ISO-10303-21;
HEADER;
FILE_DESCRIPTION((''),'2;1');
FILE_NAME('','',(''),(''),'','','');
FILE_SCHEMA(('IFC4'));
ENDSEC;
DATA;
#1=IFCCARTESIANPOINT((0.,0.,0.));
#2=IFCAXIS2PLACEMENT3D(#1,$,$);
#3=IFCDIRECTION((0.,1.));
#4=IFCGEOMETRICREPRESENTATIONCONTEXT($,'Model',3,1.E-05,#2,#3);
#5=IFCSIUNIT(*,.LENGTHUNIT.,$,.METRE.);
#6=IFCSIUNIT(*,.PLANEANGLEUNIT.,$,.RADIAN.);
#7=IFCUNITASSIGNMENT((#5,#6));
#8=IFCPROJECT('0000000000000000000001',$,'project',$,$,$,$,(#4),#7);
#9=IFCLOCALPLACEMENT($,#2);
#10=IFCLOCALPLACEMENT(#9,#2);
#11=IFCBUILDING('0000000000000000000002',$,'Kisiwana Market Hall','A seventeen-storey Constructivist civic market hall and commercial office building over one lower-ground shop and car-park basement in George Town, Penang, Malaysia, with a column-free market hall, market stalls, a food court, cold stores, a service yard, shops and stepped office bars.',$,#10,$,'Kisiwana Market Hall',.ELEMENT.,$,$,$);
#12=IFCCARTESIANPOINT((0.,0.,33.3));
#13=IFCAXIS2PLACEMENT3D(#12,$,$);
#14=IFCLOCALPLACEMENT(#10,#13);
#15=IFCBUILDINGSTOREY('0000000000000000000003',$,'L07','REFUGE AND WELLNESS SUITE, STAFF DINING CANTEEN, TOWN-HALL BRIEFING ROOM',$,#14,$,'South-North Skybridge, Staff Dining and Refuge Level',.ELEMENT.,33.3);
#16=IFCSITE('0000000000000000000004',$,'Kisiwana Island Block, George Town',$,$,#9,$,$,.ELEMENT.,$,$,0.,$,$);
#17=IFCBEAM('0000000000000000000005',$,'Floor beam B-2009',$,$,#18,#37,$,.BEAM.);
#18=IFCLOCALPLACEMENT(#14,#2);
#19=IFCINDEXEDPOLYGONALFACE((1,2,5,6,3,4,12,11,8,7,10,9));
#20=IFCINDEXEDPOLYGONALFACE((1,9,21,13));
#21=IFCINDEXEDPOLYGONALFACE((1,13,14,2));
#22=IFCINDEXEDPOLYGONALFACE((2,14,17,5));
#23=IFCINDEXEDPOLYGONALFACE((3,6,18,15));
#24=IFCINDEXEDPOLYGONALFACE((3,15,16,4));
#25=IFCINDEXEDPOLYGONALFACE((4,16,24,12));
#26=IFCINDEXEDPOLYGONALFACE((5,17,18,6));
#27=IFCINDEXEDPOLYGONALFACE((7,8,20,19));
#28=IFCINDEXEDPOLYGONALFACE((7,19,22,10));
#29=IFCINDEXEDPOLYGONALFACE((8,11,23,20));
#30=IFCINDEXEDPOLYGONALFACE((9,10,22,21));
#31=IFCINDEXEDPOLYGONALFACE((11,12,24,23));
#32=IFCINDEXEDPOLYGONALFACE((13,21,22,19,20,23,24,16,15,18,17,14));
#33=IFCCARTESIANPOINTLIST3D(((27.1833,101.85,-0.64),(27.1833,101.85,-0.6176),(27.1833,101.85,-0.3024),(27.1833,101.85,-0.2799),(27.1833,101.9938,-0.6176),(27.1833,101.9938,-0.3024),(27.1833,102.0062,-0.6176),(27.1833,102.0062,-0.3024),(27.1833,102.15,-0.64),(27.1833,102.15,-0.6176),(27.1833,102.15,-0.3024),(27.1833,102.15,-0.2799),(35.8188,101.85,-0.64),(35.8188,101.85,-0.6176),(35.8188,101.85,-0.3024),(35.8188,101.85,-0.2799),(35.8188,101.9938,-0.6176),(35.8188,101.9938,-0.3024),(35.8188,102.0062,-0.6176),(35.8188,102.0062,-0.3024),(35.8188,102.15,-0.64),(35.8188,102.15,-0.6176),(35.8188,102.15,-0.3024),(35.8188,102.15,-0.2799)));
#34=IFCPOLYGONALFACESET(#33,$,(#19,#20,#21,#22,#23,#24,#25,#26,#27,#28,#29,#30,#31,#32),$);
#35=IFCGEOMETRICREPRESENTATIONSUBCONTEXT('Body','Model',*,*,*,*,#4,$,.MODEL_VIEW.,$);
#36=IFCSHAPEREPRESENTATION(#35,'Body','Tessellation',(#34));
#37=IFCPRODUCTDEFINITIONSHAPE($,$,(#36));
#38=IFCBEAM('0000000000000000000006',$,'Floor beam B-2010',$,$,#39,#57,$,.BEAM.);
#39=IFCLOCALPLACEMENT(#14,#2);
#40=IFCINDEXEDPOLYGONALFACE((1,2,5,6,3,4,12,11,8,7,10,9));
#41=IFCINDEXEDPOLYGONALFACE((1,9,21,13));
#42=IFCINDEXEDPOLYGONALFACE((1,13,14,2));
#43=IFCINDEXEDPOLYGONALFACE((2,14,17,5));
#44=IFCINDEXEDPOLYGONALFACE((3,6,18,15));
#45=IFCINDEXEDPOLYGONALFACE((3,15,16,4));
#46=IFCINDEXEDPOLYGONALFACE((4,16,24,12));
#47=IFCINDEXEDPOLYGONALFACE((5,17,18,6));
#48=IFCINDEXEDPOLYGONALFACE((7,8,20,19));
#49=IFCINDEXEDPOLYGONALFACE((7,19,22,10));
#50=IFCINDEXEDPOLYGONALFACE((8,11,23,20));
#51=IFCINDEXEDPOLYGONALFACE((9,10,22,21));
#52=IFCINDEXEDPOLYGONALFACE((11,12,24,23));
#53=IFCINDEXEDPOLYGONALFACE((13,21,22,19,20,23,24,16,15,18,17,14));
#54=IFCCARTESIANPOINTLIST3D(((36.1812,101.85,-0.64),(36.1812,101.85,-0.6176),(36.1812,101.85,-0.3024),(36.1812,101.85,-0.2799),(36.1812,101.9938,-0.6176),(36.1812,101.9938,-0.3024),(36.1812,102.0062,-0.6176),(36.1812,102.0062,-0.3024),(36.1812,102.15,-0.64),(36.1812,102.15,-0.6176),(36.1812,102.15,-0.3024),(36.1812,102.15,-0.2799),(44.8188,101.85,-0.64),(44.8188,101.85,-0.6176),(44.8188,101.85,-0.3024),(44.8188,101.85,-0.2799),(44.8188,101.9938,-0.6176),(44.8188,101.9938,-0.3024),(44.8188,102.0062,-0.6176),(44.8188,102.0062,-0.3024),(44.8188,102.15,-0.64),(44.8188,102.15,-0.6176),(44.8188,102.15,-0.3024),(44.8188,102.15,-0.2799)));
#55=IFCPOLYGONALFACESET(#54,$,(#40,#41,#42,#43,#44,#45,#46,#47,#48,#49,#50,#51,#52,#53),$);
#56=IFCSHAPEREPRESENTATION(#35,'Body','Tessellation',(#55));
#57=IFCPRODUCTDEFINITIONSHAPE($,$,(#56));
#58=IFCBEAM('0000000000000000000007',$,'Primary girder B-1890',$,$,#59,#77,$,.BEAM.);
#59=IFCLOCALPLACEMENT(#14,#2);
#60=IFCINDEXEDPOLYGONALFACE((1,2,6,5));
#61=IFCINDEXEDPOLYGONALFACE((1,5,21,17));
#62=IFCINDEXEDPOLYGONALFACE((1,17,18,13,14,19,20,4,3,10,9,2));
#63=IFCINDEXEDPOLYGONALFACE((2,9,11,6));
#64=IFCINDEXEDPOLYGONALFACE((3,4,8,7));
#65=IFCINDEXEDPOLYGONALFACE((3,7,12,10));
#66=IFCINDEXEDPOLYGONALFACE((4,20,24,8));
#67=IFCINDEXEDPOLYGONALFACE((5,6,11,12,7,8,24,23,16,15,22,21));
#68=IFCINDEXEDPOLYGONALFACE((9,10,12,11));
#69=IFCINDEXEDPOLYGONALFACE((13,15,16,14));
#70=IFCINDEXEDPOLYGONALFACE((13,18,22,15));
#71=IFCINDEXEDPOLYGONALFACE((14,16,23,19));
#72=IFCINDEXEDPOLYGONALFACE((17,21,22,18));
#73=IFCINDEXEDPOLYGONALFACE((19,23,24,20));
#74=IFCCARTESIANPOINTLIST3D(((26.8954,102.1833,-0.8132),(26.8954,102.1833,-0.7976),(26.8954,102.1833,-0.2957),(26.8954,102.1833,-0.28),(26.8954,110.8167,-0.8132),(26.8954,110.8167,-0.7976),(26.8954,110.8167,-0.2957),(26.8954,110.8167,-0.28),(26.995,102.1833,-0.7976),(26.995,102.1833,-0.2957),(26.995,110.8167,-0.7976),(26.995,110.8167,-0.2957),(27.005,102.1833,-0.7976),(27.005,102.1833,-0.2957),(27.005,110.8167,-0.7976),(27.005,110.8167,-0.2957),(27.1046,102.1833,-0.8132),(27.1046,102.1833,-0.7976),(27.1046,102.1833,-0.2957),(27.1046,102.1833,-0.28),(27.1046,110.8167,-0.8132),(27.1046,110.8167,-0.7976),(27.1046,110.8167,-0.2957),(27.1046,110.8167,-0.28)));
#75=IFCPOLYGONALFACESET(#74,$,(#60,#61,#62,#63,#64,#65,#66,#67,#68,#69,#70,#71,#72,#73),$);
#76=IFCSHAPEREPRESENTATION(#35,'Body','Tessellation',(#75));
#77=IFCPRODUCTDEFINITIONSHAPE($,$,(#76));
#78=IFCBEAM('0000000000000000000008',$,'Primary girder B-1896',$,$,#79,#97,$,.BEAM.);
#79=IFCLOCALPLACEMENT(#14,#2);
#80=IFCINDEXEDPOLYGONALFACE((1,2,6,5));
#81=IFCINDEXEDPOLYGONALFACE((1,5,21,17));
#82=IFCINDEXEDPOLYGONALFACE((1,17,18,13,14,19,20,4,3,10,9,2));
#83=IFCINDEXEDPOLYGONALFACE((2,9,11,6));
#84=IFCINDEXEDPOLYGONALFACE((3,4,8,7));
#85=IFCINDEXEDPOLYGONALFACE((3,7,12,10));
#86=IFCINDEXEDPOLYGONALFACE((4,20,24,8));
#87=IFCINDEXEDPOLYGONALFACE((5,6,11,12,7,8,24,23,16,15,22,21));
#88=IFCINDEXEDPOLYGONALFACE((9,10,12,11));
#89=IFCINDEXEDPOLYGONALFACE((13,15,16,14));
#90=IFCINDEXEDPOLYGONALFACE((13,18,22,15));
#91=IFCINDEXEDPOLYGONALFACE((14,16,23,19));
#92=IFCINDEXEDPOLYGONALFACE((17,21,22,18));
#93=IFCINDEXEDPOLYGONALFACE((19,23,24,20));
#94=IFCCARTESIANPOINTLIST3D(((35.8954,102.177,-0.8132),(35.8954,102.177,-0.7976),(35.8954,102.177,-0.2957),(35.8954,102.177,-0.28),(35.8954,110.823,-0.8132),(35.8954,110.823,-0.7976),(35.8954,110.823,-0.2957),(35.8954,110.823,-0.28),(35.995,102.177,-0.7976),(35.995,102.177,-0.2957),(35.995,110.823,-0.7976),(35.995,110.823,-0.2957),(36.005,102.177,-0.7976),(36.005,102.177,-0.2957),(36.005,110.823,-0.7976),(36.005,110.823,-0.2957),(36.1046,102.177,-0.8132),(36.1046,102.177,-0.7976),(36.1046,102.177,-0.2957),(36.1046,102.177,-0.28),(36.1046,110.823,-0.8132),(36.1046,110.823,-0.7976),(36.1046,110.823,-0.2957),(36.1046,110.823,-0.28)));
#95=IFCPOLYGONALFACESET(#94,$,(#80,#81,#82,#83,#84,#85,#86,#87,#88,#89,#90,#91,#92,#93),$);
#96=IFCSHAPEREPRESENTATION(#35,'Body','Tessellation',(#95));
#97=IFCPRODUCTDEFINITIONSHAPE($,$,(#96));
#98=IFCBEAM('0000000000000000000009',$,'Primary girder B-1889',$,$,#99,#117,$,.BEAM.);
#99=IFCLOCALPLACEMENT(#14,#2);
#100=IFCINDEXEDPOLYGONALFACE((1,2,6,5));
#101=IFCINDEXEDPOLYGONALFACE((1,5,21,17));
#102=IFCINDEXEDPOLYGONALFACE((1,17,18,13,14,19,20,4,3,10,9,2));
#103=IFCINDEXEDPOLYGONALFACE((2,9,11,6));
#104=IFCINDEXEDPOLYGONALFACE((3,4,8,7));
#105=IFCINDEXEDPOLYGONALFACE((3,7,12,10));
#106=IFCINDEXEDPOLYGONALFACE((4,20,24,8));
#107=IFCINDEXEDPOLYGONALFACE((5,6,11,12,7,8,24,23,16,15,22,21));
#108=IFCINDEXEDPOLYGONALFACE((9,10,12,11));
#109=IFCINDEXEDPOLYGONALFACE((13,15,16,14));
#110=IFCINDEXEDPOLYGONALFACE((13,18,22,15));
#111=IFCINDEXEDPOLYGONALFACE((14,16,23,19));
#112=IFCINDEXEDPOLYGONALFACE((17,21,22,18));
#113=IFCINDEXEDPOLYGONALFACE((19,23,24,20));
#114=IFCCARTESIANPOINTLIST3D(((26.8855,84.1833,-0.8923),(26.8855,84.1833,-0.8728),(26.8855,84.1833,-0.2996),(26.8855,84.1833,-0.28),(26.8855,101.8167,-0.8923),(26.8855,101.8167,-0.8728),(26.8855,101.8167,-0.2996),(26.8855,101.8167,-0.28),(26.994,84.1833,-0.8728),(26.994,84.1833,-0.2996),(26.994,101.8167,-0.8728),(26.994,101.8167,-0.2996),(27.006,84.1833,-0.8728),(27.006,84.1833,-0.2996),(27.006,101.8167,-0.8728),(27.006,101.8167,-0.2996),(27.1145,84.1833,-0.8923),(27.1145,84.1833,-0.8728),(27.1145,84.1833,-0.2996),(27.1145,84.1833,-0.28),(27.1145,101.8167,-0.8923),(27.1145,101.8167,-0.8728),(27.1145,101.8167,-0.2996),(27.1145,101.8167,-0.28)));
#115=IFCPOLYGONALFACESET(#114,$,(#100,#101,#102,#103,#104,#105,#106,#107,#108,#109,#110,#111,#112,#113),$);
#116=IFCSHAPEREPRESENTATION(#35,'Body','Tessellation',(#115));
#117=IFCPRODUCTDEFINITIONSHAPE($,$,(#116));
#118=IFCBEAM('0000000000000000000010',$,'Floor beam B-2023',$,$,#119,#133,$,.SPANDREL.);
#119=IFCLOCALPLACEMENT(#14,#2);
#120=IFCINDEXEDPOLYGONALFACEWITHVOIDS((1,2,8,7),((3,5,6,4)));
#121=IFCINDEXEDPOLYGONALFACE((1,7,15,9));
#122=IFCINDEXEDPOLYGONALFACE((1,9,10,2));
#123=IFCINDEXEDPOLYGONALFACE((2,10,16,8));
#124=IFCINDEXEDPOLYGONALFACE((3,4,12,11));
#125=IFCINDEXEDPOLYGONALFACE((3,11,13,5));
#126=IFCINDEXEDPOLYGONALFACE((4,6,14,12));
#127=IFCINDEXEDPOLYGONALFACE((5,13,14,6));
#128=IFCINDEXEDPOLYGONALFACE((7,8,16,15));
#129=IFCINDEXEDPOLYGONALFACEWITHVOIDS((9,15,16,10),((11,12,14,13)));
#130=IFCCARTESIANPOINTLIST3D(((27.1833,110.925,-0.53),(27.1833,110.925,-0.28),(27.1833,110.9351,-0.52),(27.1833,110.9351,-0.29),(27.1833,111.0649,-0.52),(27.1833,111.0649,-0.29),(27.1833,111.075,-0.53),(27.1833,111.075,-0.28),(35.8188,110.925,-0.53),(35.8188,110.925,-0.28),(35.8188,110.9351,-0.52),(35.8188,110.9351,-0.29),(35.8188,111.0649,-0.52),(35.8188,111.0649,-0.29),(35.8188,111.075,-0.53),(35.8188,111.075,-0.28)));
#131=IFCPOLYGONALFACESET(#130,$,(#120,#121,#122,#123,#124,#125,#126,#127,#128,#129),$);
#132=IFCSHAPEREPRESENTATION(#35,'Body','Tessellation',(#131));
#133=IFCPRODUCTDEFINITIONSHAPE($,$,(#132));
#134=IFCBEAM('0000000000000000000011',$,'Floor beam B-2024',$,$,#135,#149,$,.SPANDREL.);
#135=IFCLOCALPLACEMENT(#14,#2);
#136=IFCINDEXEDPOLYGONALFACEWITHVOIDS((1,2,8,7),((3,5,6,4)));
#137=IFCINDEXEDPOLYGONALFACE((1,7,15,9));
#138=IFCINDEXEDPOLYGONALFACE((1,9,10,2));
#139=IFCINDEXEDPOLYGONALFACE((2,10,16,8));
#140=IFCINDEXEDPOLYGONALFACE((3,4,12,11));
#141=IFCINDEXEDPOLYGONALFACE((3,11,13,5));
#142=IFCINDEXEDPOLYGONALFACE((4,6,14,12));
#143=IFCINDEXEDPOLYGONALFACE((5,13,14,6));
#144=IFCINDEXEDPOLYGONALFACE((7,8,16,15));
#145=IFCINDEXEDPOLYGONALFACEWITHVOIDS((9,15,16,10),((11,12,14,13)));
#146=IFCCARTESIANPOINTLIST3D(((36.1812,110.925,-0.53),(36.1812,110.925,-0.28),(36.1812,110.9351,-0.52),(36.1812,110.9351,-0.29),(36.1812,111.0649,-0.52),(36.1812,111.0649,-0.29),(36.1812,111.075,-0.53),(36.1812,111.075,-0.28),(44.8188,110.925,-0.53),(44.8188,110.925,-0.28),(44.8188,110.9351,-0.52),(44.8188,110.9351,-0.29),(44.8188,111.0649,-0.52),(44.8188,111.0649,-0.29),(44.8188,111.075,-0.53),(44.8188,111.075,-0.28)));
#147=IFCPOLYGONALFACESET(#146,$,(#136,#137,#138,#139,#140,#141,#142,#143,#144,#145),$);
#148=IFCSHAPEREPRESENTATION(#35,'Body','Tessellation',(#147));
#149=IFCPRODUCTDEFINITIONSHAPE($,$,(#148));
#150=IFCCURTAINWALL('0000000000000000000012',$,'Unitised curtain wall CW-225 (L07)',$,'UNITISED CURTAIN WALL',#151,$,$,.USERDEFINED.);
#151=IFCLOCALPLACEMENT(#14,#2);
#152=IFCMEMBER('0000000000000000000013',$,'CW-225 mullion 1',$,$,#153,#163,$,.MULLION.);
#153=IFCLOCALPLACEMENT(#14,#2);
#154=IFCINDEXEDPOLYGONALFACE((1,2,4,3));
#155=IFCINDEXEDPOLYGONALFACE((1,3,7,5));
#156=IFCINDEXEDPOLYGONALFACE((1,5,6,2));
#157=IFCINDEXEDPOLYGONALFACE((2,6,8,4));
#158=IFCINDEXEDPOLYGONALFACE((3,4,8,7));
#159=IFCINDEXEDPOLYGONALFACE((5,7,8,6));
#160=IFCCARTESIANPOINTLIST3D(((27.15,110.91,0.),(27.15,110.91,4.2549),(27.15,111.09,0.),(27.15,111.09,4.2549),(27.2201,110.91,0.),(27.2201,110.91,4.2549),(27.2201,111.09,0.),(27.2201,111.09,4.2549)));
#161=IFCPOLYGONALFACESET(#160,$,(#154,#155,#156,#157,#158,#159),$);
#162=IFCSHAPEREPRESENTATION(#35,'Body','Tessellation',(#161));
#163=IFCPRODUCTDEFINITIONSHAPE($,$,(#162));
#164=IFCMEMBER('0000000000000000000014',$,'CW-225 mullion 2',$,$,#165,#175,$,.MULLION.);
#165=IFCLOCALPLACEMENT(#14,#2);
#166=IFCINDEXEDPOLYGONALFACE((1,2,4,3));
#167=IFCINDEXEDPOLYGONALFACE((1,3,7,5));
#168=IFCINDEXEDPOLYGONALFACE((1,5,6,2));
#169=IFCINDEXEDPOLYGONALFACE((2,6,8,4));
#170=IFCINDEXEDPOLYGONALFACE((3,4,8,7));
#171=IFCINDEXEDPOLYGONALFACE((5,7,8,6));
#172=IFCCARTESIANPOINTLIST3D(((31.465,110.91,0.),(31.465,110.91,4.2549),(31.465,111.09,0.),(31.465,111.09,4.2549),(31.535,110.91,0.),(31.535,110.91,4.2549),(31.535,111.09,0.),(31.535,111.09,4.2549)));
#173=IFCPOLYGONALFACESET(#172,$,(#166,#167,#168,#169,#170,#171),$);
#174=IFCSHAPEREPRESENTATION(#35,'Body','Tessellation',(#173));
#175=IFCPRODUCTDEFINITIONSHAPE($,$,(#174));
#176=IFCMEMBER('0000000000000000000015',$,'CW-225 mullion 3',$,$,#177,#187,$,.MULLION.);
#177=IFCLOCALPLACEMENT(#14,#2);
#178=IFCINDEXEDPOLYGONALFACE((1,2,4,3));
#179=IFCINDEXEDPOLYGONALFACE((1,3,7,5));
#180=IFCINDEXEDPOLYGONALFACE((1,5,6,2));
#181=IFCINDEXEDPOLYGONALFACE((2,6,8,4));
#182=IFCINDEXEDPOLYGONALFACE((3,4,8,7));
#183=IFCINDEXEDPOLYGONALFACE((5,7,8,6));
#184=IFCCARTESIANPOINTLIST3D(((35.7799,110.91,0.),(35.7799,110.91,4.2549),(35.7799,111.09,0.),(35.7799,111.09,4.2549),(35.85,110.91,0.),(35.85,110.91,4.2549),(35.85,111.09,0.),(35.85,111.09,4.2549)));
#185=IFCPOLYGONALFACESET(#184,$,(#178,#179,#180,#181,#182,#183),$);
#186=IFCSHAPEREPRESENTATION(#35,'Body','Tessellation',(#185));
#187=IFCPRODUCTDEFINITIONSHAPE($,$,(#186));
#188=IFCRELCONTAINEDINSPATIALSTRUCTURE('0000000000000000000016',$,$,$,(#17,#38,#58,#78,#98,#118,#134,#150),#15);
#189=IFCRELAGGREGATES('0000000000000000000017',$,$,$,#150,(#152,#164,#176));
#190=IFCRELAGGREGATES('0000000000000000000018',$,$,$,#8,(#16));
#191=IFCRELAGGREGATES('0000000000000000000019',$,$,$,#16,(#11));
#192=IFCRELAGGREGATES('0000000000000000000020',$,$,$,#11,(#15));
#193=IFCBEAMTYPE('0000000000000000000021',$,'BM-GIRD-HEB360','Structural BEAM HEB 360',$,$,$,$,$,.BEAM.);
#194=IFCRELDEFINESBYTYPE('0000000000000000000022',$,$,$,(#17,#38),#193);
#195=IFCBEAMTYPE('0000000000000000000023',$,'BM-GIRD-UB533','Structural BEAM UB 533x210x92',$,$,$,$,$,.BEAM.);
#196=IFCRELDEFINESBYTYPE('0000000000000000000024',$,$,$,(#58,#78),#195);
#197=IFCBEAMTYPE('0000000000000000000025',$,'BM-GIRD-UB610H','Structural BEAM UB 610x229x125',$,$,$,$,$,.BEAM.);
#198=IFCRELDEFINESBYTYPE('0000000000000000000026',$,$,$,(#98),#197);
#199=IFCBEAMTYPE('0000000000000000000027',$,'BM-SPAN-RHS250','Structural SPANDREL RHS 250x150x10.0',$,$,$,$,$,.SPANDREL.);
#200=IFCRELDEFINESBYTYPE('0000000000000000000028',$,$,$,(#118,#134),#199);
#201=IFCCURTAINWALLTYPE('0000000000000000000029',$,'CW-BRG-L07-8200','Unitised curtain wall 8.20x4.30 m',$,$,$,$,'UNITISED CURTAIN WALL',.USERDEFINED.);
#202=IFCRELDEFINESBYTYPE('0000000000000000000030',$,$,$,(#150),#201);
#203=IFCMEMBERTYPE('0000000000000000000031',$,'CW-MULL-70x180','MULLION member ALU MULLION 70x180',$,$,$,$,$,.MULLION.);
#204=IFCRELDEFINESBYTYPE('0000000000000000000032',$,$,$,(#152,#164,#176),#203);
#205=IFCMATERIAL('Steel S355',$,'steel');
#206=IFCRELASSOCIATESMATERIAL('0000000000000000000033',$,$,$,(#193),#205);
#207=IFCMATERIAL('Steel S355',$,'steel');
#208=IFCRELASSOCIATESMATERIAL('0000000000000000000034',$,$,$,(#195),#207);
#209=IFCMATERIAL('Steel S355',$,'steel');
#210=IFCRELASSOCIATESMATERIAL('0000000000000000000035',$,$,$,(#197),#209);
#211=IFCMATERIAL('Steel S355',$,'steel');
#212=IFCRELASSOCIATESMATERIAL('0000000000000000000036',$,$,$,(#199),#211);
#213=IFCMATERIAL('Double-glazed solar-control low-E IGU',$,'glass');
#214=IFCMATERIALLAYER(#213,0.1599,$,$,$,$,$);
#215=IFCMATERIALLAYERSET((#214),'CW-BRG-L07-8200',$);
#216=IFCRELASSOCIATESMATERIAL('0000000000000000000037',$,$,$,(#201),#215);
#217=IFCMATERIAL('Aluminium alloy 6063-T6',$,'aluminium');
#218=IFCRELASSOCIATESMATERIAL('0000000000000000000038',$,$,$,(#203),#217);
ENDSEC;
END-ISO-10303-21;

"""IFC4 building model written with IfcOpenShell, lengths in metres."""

from ifc_helpers import new_model, si_unit, direction, frame, origin, origin_2d, place, context, subcontext, project, spatial, rectangle, hollow_rectangle, i_section, extrude, material, layer, layer_set, material_profile, profile_set, type_object, element, aggregate, save


model = new_model("IFC4")

# Units and contexts
model_context = context("Model", 3, precision=1e-05, world=origin(), true_north=direction((0.0, 1.0)))
body_context = subcontext(model_context, "Body", "Model", "MODEL_VIEW")
ifc_project = project(units=[si_unit("LENGTHUNIT", "METRE"), si_unit("PLANEANGLEUNIT", "RADIAN")], contexts=[model_context])

# Site, building, storey
site_placement = place(None, origin())
site = spatial("IfcSite", under=ifc_project, at=site_placement, Name="Kisiwana Island Block, George Town", CompositionType="ELEMENT", RefElevation=0.0)
building_placement = place(site_placement, origin())
building = spatial("IfcBuilding", under=site, at=building_placement, Name="Kisiwana Market Hall", Description="A seventeen-storey Constructivist civic market hall and commercial office building over one lower-ground shop and car-park basement in George Town, Penang, Malaysia, with a column-free market hall, market stalls, a food court, cold stores, a service yard, shops and stepped office bars.", LongName="Kisiwana Market Hall", CompositionType="ELEMENT")
storey_placement = place(building_placement, frame((0.0, 0.0, 33.3)))
storey = spatial("IfcBuildingStorey", under=building, at=storey_placement, Name="L07", Description="REFUGE AND WELLNESS SUITE, STAFF DINING CANTEEN, TOWN-HALL BRIEFING ROOM", LongName="South-North Skybridge, Staff Dining and Refuge Level", CompositionType="ELEMENT", Elevation=33.3)

# Beams
ifc_material_1 = material(Name="Steel S355", Category="steel")
ifc_material_profile_1 = material_profile(ifc_material_1, i_section(OverallWidth=0.3, OverallDepth=0.3601, WebThickness=0.0125, FlangeThickness=0.0225, at=origin_2d()), Name="HEB 360")
ifc_profile_set_1 = profile_set([ifc_material_profile_1], Name="Steel S355")
beam_type_1 = type_object("IfcBeamType", Name="BM-GIRD-HEB360", Description="Structural BEAM HEB 360", PredefinedType="BEAM", material=ifc_profile_set_1)
beam_1_placement = place(storey_placement, frame((27.1833, 102.0, -0.46), z_axis=(1.0, 0.0, 0.0), x_axis=(0.0, 1.0, 0.0)))
element("IfcBeam", 1, at=beam_1_placement, inside=storey, type_object=beam_type_1, Name="Floor beam B-2009", PredefinedType="BEAM", context=body_context, shape_type="SweptSolid", body=[
    extrude(i_section(OverallWidth=0.3, OverallDepth=0.3601, WebThickness=0.0125, FlangeThickness=0.0225, at=origin_2d()), origin(), (0.0, 0.0, 1.0), 8.6355),
])
beam_2_placement = place(storey_placement, frame((36.1812, 102.0, -0.46), z_axis=(1.0, 0.0, 0.0), x_axis=(0.0, 1.0, 0.0)))
element("IfcBeam", 2, at=beam_2_placement, inside=storey, type_object=beam_type_1, Name="Floor beam B-2010", PredefinedType="BEAM", context=body_context, shape_type="SweptSolid", body=[
    extrude(i_section(OverallWidth=0.3, OverallDepth=0.3601, WebThickness=0.0125, FlangeThickness=0.0225, at=origin_2d()), origin(), (0.0, 0.0, 1.0), 8.6377),
])
ifc_material_2 = material(Name="Steel S355", Category="steel")
ifc_material_profile_2 = material_profile(ifc_material_2, i_section(OverallWidth=0.2092, OverallDepth=0.5332, WebThickness=0.01, FlangeThickness=0.0156, at=origin_2d()), Name="UB 533x210x92")
ifc_profile_set_2 = profile_set([ifc_material_profile_2], Name="Steel S355")
beam_type_2 = type_object("IfcBeamType", Name="BM-GIRD-UB533", Description="Structural BEAM UB 533x210x92", PredefinedType="BEAM", material=ifc_profile_set_2)
beam_3_placement = place(storey_placement, frame((27.0, 102.1833, -0.5466), z_axis=(0.0, 1.0, 0.0), x_axis=(-1.0, 0.0, 0.0)))
element("IfcBeam", 3, at=beam_3_placement, inside=storey, type_object=beam_type_2, Name="Primary girder B-1890", PredefinedType="BEAM", context=body_context, shape_type="SweptSolid", body=[
    extrude(i_section(OverallWidth=0.2092, OverallDepth=0.5332, WebThickness=0.01, FlangeThickness=0.0156, at=origin_2d()), origin(), (0.0, 0.0, 1.0), 8.6333),
])
beam_4_placement = place(storey_placement, frame((36.0, 102.177, -0.5466), z_axis=(0.0, 1.0, 0.0), x_axis=(-1.0, 0.0, 0.0)))
element("IfcBeam", 4, at=beam_4_placement, inside=storey, type_object=beam_type_2, Name="Primary girder B-1896", PredefinedType="BEAM", context=body_context, shape_type="SweptSolid", body=[
    extrude(i_section(OverallWidth=0.2092, OverallDepth=0.5332, WebThickness=0.01, FlangeThickness=0.0156, at=origin_2d()), origin(), (0.0, 0.0, 1.0), 8.646),
])
ifc_material_3 = material(Name="Steel S355", Category="steel")
ifc_material_profile_3 = material_profile(ifc_material_3, i_section(OverallWidth=0.229, OverallDepth=0.6123, WebThickness=0.012, FlangeThickness=0.0195, at=origin_2d()), Name="UB 610x229x125")
ifc_profile_set_3 = profile_set([ifc_material_profile_3], Name="Steel S355")
beam_type_3 = type_object("IfcBeamType", Name="BM-GIRD-UB610H", Description="Structural BEAM UB 610x229x125", PredefinedType="BEAM", material=ifc_profile_set_3)
beam_5_placement = place(storey_placement, frame((27.0, 84.1833, -0.5862), z_axis=(0.0, 1.0, 0.0), x_axis=(-1.0, 0.0, 0.0)))
element("IfcBeam", 5, at=beam_5_placement, inside=storey, type_object=beam_type_3, Name="Primary girder B-1889", PredefinedType="BEAM", context=body_context, shape_type="SweptSolid", body=[
    extrude(i_section(OverallWidth=0.229, OverallDepth=0.6123, WebThickness=0.012, FlangeThickness=0.0195, at=origin_2d()), origin(), (0.0, 0.0, 1.0), 17.6333),
])
ifc_material_4 = material(Name="Steel S355", Category="steel")
ifc_material_profile_4 = material_profile(ifc_material_4, hollow_rectangle(XDim=0.1499, YDim=0.25, WallThickness=0.01, at=origin_2d()), Name="RHS 250x150x10.0")
ifc_profile_set_4 = profile_set([ifc_material_profile_4], Name="Steel S355")
beam_type_4 = type_object("IfcBeamType", Name="BM-SPAN-RHS250", Description="Structural SPANDREL RHS 250x150x10.0", PredefinedType="SPANDREL", material=ifc_profile_set_4)
beam_6_placement = place(storey_placement, frame((27.1833, 111.0, -0.405), z_axis=(1.0, 0.0, 0.0), x_axis=(0.0, 1.0, 0.0)))
element("IfcBeam", 6, at=beam_6_placement, inside=storey, type_object=beam_type_4, Name="Floor beam B-2023", PredefinedType="SPANDREL", context=body_context, shape_type="SweptSolid", body=[
    extrude(hollow_rectangle(XDim=0.1499, YDim=0.25, WallThickness=0.01, at=origin_2d()), origin(), (0.0, 0.0, 1.0), 8.6355),
])
beam_7_placement = place(storey_placement, frame((36.1812, 111.0, -0.405), z_axis=(1.0, 0.0, 0.0), x_axis=(0.0, 1.0, 0.0)))
element("IfcBeam", 7, at=beam_7_placement, inside=storey, type_object=beam_type_4, Name="Floor beam B-2024", PredefinedType="SPANDREL", context=body_context, shape_type="SweptSolid", body=[
    extrude(hollow_rectangle(XDim=0.1499, YDim=0.25, WallThickness=0.01, at=origin_2d()), origin(), (0.0, 0.0, 1.0), 8.6377),
])

# Curtain wall, members
ifc_material_5 = material(Name="Double-glazed solar-control low-E IGU", Category="glass")
ifc_layer_1 = layer(ifc_material_5, 0.1599)
ifc_layer_set_1 = layer_set([ifc_layer_1], Name="CW-BRG-L07-8200")
curtain_wall_type = type_object("IfcCurtainWallType", Name="CW-BRG-L07-8200", Description="Unitised curtain wall 8.20x4.30 m", ElementType="UNITISED CURTAIN WALL", PredefinedType="USERDEFINED", material=ifc_layer_set_1)
curtain_wall_1_placement = place(storey_placement, origin())
curtain_wall_1 = element("IfcCurtainWall", 8, at=curtain_wall_1_placement, inside=storey, type_object=curtain_wall_type, Name="Unitised curtain wall CW-225 (L07)", ObjectType="UNITISED CURTAIN WALL", PredefinedType="USERDEFINED")
ifc_material_6 = material(Name="Aluminium alloy 6063-T6", Category="aluminium")
ifc_material_profile_5 = material_profile(ifc_material_6, rectangle(XDim=0.0701, YDim=0.1799, at=origin_2d()), Name="ALU MULLION 70x180")
ifc_profile_set_5 = profile_set([ifc_material_profile_5], Name="Aluminium alloy 6063-T6")
member_type_1 = type_object("IfcMemberType", Name="CW-MULL-70x180", Description="MULLION member ALU MULLION 70x180", PredefinedType="MULLION", material=ifc_profile_set_5)
member_1_placement = place(storey_placement, frame((27.1851, 111.0, 0.0), z_axis=(0.0, 0.0, 1.0), x_axis=(1.0, 0.0, 0.0)))
member_1 = element("IfcMember", 9, at=member_1_placement, type_object=member_type_1, Name="CW-225 mullion 1", PredefinedType="MULLION", context=body_context, shape_type="SweptSolid", body=[
    extrude(rectangle(XDim=0.0701, YDim=0.1799, at=origin_2d()), origin(), (0.0, 0.0, 1.0), 4.2549),
])
member_2_placement = place(storey_placement, frame((31.5, 111.0, 0.0), z_axis=(0.0, 0.0, 1.0), x_axis=(1.0, 0.0, 0.0)))
member_2 = element("IfcMember", 10, at=member_2_placement, type_object=member_type_1, Name="CW-225 mullion 2", PredefinedType="MULLION", context=body_context, shape_type="SweptSolid", body=[
    extrude(rectangle(XDim=0.0701, YDim=0.1799, at=origin_2d()), origin(), (0.0, 0.0, 1.0), 4.2549),
])
member_3_placement = place(storey_placement, frame((35.8149, 111.0, 0.0), z_axis=(0.0, 0.0, 1.0), x_axis=(1.0, 0.0, 0.0)))
member_3 = element("IfcMember", 11, at=member_3_placement, type_object=member_type_1, Name="CW-225 mullion 3", PredefinedType="MULLION", context=body_context, shape_type="SweptSolid", body=[
    extrude(rectangle(XDim=0.0701, YDim=0.1799, at=origin_2d()), origin(), (0.0, 0.0, 1.0), 4.2549),
])

aggregate(curtain_wall_1, [member_1, member_2, member_3])

save(model, "model.ifc")
